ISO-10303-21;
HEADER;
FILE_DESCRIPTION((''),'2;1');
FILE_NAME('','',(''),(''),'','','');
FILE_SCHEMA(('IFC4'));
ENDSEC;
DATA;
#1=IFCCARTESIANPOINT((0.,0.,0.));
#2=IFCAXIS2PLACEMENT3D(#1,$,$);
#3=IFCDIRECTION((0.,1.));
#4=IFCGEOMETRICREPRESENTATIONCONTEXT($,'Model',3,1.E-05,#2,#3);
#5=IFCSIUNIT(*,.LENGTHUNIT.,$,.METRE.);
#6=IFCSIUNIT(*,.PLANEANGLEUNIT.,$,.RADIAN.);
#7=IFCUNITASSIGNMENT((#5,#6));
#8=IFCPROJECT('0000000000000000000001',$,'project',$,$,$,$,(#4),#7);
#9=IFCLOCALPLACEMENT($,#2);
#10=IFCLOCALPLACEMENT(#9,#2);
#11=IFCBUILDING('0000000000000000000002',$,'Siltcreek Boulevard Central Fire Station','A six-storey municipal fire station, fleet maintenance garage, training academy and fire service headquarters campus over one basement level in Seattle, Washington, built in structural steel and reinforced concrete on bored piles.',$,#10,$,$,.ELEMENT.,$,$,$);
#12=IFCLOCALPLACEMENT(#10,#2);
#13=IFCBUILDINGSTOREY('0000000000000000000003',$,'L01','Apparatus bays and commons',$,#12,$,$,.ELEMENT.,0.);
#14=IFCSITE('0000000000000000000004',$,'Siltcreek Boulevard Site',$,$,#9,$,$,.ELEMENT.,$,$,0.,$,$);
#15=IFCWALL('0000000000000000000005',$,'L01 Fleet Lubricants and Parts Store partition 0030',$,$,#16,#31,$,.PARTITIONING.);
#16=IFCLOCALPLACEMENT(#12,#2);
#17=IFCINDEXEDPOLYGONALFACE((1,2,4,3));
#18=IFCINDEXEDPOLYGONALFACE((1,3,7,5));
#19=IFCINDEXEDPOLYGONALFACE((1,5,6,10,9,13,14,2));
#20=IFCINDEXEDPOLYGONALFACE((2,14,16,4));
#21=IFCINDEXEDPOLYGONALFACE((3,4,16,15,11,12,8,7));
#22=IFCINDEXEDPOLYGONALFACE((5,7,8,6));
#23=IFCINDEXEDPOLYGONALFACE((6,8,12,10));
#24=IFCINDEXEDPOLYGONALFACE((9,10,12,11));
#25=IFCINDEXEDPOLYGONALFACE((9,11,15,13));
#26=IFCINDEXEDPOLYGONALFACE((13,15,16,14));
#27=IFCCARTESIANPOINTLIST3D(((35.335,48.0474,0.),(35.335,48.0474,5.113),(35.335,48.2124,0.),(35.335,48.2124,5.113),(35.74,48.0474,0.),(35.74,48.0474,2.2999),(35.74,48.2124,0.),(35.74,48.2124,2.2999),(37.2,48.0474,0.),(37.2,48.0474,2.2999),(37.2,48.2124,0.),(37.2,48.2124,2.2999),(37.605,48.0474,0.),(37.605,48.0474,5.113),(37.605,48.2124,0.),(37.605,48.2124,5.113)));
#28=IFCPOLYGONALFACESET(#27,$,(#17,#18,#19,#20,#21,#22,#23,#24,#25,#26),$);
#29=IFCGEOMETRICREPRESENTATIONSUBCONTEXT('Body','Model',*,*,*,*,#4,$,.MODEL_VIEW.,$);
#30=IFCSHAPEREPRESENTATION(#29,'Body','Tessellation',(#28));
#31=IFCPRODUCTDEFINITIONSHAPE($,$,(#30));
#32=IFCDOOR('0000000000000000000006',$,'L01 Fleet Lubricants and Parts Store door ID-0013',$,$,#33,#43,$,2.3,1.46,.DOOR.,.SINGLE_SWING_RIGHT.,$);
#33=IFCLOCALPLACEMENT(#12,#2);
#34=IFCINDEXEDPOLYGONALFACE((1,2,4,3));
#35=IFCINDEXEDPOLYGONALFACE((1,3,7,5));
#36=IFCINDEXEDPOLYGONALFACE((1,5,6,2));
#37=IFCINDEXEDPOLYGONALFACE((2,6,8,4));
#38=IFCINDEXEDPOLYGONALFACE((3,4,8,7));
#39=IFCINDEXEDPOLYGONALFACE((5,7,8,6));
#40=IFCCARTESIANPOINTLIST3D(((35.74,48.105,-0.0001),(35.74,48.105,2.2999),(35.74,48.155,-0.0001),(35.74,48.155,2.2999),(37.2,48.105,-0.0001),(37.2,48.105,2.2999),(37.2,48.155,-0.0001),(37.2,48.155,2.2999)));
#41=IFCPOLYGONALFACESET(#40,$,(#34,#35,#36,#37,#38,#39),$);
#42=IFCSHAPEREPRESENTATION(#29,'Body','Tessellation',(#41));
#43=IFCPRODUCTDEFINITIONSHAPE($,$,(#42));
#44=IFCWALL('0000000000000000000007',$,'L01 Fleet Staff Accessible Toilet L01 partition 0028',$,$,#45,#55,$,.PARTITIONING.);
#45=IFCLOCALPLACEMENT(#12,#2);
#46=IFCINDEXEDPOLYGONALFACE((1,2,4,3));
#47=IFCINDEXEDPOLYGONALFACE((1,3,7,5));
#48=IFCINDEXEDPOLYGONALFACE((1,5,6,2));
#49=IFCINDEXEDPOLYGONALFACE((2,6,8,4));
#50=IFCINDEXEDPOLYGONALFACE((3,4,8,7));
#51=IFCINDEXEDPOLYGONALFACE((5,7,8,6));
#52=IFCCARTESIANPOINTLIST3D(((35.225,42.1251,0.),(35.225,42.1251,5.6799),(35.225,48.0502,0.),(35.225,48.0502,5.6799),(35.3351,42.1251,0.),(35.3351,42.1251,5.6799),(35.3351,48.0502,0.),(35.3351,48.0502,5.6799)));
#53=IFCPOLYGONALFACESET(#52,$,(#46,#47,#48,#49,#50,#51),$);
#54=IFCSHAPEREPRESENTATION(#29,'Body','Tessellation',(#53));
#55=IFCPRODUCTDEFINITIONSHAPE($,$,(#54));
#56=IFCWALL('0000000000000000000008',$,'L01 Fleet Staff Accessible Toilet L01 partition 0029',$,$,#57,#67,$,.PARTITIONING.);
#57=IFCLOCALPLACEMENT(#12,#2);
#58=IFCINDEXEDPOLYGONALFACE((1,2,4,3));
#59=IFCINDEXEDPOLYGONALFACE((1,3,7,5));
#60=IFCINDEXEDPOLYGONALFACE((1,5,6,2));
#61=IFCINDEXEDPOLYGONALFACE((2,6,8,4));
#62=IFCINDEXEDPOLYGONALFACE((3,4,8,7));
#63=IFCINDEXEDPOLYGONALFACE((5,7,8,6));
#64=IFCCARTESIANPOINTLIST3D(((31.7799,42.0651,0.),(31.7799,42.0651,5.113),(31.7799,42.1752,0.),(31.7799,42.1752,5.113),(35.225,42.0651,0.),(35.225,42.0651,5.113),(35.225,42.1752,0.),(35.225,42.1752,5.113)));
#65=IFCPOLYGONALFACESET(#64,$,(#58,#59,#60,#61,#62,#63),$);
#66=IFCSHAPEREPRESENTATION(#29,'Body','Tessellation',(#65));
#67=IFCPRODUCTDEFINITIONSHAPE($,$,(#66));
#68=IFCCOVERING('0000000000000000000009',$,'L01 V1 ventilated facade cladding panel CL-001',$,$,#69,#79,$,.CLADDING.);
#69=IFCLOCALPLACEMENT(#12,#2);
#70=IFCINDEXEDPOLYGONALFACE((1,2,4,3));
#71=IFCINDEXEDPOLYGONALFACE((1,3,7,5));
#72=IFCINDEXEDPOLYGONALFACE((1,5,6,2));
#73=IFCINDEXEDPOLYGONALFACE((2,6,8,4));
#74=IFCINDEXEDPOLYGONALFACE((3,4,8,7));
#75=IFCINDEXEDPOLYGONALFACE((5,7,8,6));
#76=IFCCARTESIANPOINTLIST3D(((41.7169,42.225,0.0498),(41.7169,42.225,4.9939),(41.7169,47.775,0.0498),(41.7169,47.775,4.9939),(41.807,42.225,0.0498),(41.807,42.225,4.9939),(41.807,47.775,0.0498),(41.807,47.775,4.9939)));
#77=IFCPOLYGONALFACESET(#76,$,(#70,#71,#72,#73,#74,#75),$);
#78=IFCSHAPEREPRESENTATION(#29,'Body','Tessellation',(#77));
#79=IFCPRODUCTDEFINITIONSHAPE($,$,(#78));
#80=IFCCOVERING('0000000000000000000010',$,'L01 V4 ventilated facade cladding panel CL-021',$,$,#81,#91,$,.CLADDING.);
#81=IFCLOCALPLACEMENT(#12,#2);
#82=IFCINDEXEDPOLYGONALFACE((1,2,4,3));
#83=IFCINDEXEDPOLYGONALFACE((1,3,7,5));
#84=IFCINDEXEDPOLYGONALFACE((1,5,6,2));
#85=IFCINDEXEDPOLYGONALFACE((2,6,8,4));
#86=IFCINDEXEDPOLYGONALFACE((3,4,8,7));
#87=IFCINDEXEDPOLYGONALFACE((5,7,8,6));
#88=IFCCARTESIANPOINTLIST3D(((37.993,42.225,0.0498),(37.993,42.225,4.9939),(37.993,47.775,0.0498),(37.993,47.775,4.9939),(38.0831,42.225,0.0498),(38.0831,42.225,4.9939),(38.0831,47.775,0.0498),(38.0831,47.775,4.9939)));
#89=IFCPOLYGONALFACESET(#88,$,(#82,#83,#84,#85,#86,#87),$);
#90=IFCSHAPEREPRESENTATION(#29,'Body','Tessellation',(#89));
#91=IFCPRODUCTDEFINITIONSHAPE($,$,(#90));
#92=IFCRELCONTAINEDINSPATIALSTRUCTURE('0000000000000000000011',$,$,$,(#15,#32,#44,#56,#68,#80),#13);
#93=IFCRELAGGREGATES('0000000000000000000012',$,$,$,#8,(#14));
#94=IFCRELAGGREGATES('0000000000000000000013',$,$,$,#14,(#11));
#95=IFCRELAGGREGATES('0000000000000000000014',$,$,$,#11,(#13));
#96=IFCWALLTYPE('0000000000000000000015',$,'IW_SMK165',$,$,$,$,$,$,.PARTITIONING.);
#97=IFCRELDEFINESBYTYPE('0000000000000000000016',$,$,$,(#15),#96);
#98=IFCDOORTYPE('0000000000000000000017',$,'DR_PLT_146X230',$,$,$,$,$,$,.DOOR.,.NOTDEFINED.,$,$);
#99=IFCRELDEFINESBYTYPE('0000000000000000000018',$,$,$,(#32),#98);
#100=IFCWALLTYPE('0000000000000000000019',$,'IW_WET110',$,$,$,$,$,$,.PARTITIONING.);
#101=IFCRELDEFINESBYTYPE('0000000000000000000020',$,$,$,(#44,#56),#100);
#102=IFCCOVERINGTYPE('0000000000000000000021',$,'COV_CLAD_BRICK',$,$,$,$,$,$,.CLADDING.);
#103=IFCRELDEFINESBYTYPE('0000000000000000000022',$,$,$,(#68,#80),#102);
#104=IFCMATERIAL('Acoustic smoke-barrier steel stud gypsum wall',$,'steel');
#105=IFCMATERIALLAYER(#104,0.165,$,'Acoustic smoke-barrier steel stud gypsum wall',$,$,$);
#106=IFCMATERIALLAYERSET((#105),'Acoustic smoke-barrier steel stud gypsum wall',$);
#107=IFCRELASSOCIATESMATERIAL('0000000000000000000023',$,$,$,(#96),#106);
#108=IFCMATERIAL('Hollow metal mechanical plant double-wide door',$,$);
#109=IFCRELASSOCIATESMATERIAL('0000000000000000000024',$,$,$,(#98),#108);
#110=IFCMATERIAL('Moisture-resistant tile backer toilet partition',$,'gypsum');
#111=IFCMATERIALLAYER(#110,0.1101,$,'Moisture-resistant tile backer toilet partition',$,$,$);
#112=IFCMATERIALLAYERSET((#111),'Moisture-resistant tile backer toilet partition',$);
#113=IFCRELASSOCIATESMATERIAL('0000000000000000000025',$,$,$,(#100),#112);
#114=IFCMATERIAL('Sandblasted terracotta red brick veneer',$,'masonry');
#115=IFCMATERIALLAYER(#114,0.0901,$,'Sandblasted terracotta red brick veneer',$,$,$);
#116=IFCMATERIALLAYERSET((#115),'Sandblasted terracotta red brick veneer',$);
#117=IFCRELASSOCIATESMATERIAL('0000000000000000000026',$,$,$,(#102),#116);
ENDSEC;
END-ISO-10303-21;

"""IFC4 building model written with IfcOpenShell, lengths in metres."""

from ifc_helpers import new_model, si_unit, direction, frame, frame_2d, origin, origin_2d, place, context, subcontext, project, spatial, rectangle, extrude, material, layer, layer_set, type_object, element, fill, save


model = new_model("IFC4")

# Units and contexts
model_context = context("Model", 3, precision=1e-05, world=origin(), true_north=direction((0.0, 1.0)))
body_context = subcontext(model_context, "Body", "Model", "MODEL_VIEW")
ifc_project = project(units=[si_unit("LENGTHUNIT", "METRE"), si_unit("PLANEANGLEUNIT", "RADIAN")], contexts=[model_context])

# Site, building, storey
site_placement = place(None, origin())
site = spatial("IfcSite", under=ifc_project, at=site_placement, Name="Siltcreek Boulevard Site", CompositionType="ELEMENT", RefElevation=0.0)
building_placement = place(site_placement, origin())
building = spatial("IfcBuilding", under=site, at=building_placement, Name="Siltcreek Boulevard Central Fire Station", Description="A six-storey municipal fire station, fleet maintenance garage, training academy and fire service headquarters campus over one basement level in Seattle, Washington, built in structural steel and reinforced concrete on bored piles.", CompositionType="ELEMENT")
storey_placement = place(building_placement, origin())
storey = spatial("IfcBuildingStorey", under=building, at=storey_placement, Name="L01", Description="Apparatus bays and commons", CompositionType="ELEMENT", Elevation=0.0)

# Wall, opening, door
ifc_material_1 = material(Name="Acoustic smoke-barrier steel stud gypsum wall", Category="steel")
ifc_layer_1 = layer(ifc_material_1, 0.165, Name="Acoustic smoke-barrier steel stud gypsum wall")
ifc_layer_set_1 = layer_set([ifc_layer_1], Name="Acoustic smoke-barrier steel stud gypsum wall")
wall_type_1 = type_object("IfcWallType", Name="IW_SMK165", PredefinedType="PARTITIONING", material=ifc_layer_set_1)
wall_1_placement = place(storey_placement, frame((35.335, 48.1299, 0.0), z_axis=(0.0, 0.0, 1.0), x_axis=(1.0, 0.0, 0.0)))
wall_1 = element("IfcWall", 1, at=wall_1_placement, inside=storey, type_object=wall_type_1, Name="L01 Fleet Lubricants and Parts Store partition 0030", PredefinedType="PARTITIONING", context=body_context, shape_type="SweptSolid", body=[
    extrude(rectangle(XDim=2.27, YDim=0.165, at=frame_2d((1.135, 0.0))), origin(), (0.0, 0.0, 1.0), 5.113),
])
opening_1_placement = place(wall_1_placement, frame((0.405, 0.0, 0.0)))
opening_1 = element("IfcOpeningElement", 2, at=opening_1_placement, cuts=wall_1, PredefinedType="OPENING", context=body_context, shape_type="SweptSolid", body=[
    extrude(rectangle(XDim=1.46, YDim=2.3, at=frame_2d((0.73, 1.1499))), frame((0.0, 0.0925, 0.0), z_axis=(0.0, -1.0, 0.0), x_axis=(1.0, 0.0, 0.0)), (0.0, 0.0, 1.0), 0.1851),
])
ifc_material_2 = material(Name="Hollow metal mechanical plant double-wide door")
door_type_1 = type_object("IfcDoorType", Name="DR_PLT_146X230", OperationType="NOTDEFINED", PredefinedType="DOOR", material=ifc_material_2)
door_1_placement = place(opening_1_placement, frame((1.46, 0.0, 0.0), z_axis=(0.0, 0.0, 1.0), x_axis=(-1.0, 0.0, 0.0)))
door_1 = element("IfcDoor", 3, at=door_1_placement, inside=storey, type_object=door_type_1, Name="L01 Fleet Lubricants and Parts Store door ID-0013", OperationType="SINGLE_SWING_RIGHT", OverallHeight=2.3, OverallWidth=1.46, PredefinedType="DOOR", context=body_context, shape_type="SweptSolid", body=[
    extrude(rectangle(XDim=1.46, YDim=2.3, at=frame_2d((0.73, 1.1499))), frame((0.0, 0.0249, 0.0), z_axis=(0.0, -1.0, 0.0), x_axis=(1.0, 0.0, 0.0)), (0.0, 0.0, 1.0), 0.05),
])
fill(opening_1, door_1)

# Walls
ifc_material_3 = material(Name="Moisture-resistant tile backer toilet partition", Category="gypsum")
ifc_layer_2 = layer(ifc_material_3, 0.1101, Name="Moisture-resistant tile backer toilet partition")
ifc_layer_set_2 = layer_set([ifc_layer_2], Name="Moisture-resistant tile backer toilet partition")
wall_type_2 = type_object("IfcWallType", Name="IW_WET110", PredefinedType="PARTITIONING", material=ifc_layer_set_2)
wall_2_placement = place(storey_placement, frame((35.28, 48.05, 0.0), z_axis=(0.0, 0.0, 1.0), x_axis=(0.0, -1.0, 0.0)))
element("IfcWall", 4, at=wall_2_placement, inside=storey, type_object=wall_type_2, Name="L01 Fleet Staff Accessible Toilet L01 partition 0028", PredefinedType="PARTITIONING", context=body_context, shape_type="SweptSolid", body=[
    extrude(rectangle(XDim=5.925, YDim=0.1101, at=frame_2d((2.9624, 0.0))), origin(), (0.0, 0.0, 1.0), 5.6799),
])
wall_3_placement = place(storey_placement, frame((35.2251, 42.1201, 0.0), z_axis=(0.0, 0.0, 1.0), x_axis=(-1.0, 0.0, 0.0)))
element("IfcWall", 5, at=wall_3_placement, inside=storey, type_object=wall_type_2, Name="L01 Fleet Staff Accessible Toilet L01 partition 0029", PredefinedType="PARTITIONING", context=body_context, shape_type="SweptSolid", body=[
    extrude(rectangle(XDim=3.4451, YDim=0.1101, at=frame_2d((1.7227, 0.0))), origin(), (0.0, 0.0, 1.0), 5.113),
])

# Coverings
ifc_material_4 = material(Name="Sandblasted terracotta red brick veneer", Category="masonry")
ifc_layer_3 = layer(ifc_material_4, 0.0901, Name="Sandblasted terracotta red brick veneer")
ifc_layer_set_3 = layer_set([ifc_layer_3], Name="Sandblasted terracotta red brick veneer")
covering_type = type_object("IfcCoveringType", Name="COV_CLAD_BRICK", PredefinedType="CLADDING", material=ifc_layer_set_3)
for number, where, z_axis, x_axis, name in (
    (6, (41.762, 45.0, 0.0498), (0.0, 0.0, 1.0), (0.0, -1.0, 0.0), "L01 V1 ventilated facade cladding panel CL-001"),
    (7, (38.0381, 45.0, 0.0498), (0.0, 0.0, 1.0), (0.0, 1.0, 0.0), "L01 V4 ventilated facade cladding panel CL-021"),
):
    element("IfcCovering", number, at=place(storey_placement, frame(where, z_axis=z_axis, x_axis=x_axis)), inside=storey, type_object=covering_type, Name=name, PredefinedType="CLADDING", context=body_context, shape_type="SweptSolid", body=[
        extrude(rectangle(XDim=5.55, YDim=0.0901, at=origin_2d()), origin(), (0.0, 0.0, 1.0), 4.9441),
    ])

save(model, "model.ifc")
